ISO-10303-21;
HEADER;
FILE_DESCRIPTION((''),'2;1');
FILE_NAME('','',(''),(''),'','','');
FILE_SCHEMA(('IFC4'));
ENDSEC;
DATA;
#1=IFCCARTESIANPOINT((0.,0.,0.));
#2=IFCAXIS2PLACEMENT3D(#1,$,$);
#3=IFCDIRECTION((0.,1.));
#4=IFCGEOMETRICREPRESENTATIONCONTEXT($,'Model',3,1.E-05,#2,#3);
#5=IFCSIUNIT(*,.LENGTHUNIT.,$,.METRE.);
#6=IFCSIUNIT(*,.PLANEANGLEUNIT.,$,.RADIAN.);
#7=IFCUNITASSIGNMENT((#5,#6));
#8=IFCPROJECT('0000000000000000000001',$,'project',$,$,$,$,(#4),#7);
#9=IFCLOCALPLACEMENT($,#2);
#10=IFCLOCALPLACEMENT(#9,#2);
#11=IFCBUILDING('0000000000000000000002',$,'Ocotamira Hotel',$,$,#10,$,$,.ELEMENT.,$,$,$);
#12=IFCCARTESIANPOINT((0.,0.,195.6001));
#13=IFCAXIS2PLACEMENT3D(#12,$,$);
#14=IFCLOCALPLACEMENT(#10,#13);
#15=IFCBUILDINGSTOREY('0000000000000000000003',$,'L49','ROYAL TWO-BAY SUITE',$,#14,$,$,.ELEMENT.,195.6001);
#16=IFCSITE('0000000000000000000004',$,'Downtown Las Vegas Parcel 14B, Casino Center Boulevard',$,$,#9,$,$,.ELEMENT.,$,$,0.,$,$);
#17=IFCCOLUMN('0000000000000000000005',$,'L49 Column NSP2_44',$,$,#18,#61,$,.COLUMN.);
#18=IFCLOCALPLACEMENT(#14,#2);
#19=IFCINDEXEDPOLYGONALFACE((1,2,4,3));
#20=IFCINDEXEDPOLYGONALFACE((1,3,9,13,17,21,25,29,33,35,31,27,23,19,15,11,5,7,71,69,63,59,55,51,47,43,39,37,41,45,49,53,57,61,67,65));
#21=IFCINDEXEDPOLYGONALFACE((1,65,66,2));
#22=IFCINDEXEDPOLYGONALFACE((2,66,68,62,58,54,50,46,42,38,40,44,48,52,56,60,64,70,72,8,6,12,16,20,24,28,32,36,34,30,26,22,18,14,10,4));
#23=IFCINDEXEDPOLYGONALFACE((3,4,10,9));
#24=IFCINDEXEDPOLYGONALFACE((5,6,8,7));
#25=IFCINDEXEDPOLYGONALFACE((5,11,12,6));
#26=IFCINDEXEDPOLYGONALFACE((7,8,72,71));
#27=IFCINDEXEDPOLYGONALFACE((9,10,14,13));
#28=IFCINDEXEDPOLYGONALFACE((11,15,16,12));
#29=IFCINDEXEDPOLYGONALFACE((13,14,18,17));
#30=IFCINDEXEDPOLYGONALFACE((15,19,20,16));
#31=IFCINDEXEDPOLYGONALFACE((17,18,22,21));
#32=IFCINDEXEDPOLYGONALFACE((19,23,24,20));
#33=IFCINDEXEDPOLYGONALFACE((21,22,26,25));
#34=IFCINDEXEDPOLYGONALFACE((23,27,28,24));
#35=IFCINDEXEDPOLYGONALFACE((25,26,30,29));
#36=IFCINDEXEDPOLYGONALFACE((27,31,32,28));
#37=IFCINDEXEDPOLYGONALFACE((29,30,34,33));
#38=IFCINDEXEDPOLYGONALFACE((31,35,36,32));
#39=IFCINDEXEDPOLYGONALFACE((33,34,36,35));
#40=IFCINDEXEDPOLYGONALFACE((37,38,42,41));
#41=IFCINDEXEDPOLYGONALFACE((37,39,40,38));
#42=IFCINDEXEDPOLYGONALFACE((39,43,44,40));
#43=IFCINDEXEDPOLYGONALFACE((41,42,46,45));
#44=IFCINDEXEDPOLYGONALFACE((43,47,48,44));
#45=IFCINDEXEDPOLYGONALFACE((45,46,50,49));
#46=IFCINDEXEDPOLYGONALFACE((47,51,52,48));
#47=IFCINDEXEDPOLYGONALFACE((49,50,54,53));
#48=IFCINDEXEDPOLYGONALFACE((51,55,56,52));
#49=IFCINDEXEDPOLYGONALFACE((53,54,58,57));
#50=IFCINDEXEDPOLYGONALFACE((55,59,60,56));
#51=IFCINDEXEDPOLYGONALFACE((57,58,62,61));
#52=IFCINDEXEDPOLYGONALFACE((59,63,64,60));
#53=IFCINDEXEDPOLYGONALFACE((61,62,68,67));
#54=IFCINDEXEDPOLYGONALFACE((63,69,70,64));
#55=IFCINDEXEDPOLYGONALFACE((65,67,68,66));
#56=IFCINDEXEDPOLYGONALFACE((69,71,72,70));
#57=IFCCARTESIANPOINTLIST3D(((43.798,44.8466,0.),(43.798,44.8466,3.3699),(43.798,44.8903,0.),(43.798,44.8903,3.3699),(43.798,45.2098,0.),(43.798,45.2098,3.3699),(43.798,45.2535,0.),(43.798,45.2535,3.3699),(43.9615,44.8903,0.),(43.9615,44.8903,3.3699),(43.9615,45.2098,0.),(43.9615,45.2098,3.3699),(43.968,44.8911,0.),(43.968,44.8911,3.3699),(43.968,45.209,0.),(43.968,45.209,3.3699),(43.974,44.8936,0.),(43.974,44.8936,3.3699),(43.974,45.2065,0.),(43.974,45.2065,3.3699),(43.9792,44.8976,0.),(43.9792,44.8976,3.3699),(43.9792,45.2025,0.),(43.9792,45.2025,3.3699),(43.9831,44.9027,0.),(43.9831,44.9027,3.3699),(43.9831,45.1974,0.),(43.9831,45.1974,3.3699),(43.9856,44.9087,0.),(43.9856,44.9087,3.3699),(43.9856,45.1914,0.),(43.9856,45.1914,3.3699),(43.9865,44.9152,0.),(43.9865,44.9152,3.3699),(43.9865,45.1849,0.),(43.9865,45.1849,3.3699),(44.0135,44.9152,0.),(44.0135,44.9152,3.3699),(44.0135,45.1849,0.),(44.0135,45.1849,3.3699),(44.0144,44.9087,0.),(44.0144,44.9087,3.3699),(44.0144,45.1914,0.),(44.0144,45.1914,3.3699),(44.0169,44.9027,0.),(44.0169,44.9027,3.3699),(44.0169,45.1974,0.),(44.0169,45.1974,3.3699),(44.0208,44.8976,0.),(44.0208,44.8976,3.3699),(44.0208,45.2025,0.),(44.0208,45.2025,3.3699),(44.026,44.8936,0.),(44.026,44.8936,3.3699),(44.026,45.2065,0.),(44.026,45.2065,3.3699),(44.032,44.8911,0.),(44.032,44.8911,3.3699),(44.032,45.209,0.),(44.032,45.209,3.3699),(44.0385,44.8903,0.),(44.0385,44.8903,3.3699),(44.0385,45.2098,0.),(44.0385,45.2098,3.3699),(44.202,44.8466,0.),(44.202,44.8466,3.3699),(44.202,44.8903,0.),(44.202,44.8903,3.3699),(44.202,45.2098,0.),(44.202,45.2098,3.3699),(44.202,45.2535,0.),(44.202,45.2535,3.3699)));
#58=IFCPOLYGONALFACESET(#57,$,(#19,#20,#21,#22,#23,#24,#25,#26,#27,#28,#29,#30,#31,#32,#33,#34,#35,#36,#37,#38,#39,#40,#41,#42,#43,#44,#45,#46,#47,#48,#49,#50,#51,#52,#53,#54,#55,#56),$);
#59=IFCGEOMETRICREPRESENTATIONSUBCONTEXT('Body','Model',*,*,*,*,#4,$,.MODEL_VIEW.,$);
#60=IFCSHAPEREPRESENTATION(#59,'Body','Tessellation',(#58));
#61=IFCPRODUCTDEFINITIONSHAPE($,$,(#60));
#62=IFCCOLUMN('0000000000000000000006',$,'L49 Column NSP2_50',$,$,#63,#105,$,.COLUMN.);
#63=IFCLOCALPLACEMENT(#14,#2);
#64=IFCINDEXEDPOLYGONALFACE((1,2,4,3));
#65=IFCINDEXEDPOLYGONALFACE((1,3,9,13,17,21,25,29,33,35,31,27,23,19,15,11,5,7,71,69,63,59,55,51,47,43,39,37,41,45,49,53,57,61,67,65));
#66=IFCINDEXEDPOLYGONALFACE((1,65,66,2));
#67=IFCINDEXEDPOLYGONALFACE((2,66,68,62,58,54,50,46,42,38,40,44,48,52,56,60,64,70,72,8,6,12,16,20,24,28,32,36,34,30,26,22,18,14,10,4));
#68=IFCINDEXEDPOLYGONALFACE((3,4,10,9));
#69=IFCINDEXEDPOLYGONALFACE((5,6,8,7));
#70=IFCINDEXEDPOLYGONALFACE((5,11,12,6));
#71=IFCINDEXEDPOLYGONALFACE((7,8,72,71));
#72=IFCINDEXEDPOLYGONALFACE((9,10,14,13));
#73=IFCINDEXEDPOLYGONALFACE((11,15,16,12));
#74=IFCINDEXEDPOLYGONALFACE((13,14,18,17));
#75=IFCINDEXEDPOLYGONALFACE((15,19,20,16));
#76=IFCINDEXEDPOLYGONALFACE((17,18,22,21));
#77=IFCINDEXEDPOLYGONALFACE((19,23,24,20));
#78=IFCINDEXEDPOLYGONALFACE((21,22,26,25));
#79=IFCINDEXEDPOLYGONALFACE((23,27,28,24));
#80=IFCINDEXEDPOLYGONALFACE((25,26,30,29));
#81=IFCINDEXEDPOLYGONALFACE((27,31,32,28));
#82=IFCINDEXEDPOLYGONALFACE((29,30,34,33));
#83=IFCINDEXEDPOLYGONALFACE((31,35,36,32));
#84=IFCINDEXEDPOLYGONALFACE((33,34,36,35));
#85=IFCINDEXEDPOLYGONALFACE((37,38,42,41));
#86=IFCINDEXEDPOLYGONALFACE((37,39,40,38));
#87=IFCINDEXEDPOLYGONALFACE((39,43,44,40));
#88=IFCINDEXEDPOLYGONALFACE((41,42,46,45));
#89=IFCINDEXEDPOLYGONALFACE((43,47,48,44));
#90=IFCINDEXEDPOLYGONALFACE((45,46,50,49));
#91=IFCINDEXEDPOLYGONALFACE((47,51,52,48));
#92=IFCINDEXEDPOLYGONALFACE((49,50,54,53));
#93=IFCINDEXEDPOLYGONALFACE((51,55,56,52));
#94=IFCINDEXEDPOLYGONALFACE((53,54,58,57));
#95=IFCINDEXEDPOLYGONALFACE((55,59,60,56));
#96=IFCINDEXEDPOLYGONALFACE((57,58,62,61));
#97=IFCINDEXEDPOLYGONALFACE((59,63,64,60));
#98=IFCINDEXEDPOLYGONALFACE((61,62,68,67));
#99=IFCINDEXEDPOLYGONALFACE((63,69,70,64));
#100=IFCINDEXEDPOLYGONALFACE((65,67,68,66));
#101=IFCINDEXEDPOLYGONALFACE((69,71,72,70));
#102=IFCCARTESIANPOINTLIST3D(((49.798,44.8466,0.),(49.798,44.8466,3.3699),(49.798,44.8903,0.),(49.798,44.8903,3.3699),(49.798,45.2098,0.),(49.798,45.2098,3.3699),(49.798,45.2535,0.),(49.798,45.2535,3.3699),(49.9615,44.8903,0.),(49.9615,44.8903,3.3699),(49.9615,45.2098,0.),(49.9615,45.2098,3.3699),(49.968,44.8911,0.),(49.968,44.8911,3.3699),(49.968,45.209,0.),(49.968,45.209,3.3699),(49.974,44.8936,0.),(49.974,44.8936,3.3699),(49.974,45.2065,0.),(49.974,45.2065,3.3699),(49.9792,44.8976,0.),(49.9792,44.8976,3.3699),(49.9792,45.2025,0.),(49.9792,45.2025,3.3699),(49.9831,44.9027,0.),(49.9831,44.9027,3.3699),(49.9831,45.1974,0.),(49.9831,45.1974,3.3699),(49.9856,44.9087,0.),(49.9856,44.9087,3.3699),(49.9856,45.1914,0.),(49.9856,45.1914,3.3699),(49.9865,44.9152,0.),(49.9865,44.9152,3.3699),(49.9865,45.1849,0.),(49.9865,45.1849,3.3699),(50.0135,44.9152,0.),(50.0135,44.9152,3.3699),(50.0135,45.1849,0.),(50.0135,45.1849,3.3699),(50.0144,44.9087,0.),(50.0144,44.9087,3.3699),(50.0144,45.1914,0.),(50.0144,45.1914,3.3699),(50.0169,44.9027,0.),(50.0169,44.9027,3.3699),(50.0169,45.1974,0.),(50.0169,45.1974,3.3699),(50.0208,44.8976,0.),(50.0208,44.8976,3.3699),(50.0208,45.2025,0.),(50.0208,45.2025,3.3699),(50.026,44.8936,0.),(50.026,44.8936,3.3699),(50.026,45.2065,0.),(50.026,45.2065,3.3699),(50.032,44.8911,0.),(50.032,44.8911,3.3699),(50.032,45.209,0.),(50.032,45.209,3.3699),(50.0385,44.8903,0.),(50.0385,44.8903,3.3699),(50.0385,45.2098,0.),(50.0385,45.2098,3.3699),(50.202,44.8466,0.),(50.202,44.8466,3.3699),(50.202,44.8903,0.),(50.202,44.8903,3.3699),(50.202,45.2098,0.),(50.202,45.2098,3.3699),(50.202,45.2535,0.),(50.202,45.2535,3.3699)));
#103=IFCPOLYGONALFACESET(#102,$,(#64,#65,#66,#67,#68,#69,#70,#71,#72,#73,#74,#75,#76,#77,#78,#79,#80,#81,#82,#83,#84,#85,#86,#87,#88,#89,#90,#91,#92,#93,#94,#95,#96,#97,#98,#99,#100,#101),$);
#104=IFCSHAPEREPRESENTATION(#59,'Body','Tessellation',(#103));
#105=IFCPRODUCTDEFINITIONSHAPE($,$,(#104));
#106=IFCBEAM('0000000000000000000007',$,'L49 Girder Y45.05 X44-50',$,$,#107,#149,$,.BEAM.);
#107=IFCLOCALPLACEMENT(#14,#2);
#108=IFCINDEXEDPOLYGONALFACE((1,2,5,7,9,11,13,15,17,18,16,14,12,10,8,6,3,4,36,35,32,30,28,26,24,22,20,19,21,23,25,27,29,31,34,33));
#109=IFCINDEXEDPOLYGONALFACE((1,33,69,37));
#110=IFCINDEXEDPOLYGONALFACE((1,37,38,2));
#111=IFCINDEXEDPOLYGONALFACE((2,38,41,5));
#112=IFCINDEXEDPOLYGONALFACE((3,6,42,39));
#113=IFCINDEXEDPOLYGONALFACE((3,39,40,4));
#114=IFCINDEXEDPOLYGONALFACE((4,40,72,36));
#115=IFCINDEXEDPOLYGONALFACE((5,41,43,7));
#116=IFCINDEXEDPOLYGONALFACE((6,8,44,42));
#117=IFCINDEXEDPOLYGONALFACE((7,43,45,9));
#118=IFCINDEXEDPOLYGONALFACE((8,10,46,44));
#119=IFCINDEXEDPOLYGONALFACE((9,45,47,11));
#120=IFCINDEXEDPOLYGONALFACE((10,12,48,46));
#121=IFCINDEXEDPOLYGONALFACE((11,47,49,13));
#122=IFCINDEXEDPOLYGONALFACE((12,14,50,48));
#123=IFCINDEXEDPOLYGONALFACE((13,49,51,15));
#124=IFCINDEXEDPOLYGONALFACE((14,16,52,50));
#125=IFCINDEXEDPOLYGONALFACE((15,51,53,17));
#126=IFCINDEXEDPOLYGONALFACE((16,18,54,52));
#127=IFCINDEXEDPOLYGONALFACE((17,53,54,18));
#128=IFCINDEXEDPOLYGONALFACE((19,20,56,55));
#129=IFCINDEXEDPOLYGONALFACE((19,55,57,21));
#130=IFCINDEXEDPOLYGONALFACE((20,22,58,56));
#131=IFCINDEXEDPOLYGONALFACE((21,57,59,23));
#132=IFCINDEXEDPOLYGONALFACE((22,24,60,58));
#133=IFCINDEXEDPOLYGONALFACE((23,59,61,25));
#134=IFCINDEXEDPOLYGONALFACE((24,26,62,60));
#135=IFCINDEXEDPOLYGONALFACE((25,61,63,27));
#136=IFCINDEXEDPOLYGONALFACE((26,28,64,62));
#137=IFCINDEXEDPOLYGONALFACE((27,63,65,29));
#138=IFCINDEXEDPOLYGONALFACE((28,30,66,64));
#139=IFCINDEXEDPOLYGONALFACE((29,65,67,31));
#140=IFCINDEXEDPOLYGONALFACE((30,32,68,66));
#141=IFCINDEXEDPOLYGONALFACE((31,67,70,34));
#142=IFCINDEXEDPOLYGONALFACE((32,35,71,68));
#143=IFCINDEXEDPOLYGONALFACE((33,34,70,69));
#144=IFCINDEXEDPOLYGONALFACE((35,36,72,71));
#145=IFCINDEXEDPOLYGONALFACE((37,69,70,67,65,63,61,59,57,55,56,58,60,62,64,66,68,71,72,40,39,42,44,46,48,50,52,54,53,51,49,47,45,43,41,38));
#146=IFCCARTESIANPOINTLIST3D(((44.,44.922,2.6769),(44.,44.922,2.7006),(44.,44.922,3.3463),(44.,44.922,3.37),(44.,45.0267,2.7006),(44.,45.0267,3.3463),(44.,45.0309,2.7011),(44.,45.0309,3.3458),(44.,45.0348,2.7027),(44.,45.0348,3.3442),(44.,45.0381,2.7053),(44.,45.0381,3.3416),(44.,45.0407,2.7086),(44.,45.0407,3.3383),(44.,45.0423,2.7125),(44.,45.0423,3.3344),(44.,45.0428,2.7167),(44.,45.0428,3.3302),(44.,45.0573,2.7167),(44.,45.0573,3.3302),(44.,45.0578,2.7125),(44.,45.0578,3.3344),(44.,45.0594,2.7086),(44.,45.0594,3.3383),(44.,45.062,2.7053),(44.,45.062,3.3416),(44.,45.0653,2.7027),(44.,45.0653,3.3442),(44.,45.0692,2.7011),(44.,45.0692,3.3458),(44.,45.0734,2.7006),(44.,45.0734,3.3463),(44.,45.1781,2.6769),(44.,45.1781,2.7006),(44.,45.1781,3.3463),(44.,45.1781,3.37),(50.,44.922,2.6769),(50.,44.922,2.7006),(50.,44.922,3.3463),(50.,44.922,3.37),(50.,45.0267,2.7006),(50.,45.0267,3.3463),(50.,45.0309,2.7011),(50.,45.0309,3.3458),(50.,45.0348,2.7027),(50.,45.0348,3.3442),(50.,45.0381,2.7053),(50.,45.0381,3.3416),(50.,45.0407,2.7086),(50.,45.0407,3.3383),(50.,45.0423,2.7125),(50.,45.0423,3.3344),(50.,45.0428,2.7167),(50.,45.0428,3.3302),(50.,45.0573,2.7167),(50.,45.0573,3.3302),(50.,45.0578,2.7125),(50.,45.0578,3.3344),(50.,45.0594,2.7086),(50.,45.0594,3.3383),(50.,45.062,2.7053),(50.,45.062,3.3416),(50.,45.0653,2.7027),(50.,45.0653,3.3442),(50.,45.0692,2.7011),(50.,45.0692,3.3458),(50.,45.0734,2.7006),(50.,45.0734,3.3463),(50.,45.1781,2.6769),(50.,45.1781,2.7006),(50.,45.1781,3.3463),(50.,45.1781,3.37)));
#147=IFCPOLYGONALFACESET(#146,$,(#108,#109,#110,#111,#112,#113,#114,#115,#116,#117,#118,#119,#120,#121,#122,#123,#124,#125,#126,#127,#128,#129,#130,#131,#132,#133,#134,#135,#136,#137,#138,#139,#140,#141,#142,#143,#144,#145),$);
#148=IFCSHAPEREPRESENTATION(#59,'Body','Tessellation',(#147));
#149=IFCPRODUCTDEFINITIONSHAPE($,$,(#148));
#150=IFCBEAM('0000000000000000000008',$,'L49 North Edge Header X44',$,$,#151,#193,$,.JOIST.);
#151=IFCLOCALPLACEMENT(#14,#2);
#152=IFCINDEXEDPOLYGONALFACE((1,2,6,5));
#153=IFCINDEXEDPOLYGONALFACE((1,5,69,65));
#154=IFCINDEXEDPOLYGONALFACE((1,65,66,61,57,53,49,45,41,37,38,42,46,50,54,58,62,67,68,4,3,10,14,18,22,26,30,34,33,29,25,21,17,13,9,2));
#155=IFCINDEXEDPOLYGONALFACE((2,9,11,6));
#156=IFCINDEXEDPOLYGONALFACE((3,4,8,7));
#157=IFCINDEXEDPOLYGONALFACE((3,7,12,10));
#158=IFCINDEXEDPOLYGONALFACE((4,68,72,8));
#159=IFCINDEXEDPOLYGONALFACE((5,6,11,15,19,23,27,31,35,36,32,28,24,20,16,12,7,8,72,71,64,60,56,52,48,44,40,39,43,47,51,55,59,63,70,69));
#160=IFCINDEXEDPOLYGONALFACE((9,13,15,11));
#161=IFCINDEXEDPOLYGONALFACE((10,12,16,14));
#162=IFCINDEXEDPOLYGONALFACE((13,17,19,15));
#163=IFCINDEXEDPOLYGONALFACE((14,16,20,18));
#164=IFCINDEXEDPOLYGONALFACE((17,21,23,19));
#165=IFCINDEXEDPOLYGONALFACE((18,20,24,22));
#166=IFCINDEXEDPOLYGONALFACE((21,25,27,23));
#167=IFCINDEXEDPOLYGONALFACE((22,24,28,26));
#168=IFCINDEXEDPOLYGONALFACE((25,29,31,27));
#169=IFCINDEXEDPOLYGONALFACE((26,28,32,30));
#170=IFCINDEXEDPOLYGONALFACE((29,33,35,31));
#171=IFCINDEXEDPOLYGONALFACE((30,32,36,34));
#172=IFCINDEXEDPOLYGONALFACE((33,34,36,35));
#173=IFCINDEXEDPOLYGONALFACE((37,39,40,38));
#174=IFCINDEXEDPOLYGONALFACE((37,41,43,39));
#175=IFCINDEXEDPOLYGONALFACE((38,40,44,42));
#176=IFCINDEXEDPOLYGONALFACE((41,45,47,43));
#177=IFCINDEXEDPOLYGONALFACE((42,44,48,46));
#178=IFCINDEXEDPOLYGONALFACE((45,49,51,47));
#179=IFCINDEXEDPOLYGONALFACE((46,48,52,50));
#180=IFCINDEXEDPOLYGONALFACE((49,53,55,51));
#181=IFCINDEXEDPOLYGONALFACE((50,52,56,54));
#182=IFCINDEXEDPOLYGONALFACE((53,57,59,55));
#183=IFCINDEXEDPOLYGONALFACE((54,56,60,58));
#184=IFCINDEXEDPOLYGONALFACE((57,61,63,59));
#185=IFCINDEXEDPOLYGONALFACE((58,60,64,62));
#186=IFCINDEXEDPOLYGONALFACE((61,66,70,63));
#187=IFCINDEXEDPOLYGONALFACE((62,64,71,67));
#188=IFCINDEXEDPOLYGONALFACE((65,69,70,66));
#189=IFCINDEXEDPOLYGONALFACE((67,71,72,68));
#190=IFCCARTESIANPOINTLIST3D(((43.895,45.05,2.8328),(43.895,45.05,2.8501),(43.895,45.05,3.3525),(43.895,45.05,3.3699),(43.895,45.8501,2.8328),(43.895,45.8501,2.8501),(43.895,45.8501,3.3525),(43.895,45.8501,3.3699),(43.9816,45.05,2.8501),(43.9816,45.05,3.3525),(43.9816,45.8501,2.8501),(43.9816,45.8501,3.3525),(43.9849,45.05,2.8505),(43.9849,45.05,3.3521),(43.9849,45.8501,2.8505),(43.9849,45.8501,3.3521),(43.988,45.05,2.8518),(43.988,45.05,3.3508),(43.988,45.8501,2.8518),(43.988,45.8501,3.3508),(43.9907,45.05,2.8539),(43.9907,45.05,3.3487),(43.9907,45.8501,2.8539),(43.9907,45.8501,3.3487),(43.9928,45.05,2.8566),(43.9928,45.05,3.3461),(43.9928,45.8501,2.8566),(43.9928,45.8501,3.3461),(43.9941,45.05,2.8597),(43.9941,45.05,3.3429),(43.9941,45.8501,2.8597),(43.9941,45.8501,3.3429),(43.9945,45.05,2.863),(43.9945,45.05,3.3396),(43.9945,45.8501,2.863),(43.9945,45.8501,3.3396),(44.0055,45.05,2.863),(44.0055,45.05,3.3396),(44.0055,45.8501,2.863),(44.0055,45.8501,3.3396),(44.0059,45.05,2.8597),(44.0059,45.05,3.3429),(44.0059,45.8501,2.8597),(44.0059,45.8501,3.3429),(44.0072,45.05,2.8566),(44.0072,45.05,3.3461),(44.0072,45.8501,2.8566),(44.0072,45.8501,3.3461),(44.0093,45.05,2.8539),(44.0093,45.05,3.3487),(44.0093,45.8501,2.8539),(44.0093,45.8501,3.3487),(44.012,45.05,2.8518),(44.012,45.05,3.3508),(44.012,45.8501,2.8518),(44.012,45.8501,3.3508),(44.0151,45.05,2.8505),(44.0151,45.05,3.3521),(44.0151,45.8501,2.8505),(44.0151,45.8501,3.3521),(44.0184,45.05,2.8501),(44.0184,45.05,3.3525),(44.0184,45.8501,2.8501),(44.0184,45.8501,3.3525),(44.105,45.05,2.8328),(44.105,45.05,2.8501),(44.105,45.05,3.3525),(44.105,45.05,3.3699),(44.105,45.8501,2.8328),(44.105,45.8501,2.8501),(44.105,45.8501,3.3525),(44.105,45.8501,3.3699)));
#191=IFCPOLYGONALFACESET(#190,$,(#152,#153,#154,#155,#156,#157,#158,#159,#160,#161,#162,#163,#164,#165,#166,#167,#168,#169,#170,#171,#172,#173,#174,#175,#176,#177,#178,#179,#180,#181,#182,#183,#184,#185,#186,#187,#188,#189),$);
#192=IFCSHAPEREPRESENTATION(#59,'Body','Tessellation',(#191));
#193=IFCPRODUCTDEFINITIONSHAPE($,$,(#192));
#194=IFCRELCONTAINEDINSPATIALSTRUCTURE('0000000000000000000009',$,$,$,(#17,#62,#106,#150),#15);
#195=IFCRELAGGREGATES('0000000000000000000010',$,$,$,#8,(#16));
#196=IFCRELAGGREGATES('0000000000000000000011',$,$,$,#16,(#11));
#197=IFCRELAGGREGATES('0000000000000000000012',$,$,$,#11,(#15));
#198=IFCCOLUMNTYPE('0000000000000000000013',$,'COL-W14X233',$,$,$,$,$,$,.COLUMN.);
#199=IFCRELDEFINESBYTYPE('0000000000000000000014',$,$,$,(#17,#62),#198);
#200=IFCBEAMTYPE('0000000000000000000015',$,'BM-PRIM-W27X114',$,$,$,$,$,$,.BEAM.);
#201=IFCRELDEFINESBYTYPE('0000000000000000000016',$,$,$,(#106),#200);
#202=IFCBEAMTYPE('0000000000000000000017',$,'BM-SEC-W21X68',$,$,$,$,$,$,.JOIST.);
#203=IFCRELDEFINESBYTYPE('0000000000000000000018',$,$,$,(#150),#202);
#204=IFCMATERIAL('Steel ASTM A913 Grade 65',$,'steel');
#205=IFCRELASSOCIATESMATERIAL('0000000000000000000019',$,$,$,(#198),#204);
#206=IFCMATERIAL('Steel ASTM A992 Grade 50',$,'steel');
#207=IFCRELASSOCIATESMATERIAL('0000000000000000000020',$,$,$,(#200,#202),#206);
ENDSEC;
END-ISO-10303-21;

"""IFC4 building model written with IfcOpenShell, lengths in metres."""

from ifc_helpers import new_model, si_unit, direction, frame, origin, origin_2d, place, context, subcontext, project, spatial, i_section, extrude, source, transform, mapped, material, material_profile, profile_set, type_object, element, save


model = new_model("IFC4")

# Units and contexts
model_context = context("Model", 3, precision=1e-05, world=origin(), true_north=direction((0.0, 1.0)))
body_context = subcontext(model_context, "Body", "Model", "MODEL_VIEW")
ifc_project = project(units=[si_unit("LENGTHUNIT", "METRE"), si_unit("PLANEANGLEUNIT", "RADIAN")], contexts=[model_context])

# Site, building, storey
site_placement = place(None, origin())
site = spatial("IfcSite", under=ifc_project, at=site_placement, Name="Downtown Las Vegas Parcel 14B, Casino Center Boulevard", CompositionType="ELEMENT", RefElevation=0.0)
building_placement = place(site_placement, origin())
building = spatial("IfcBuilding", under=site, at=building_placement, Name="Ocotamira Hotel", CompositionType="ELEMENT")
storey_placement = place(building_placement, frame((0.0, 0.0, 195.6001)))
storey = spatial("IfcBuildingStorey", under=building, at=storey_placement, Name="L49", Description="ROYAL TWO-BAY SUITE", CompositionType="ELEMENT", Elevation=195.6001)

# Columns
ifc_material_1 = material(Name="Steel ASTM A913 Grade 65", Category="steel")
ifc_material_profile_1 = material_profile(ifc_material_1, i_section(OverallWidth=0.4041, OverallDepth=0.407, WebThickness=0.0271, FlangeThickness=0.0437, FilletRadius=0.0249, at=origin_2d()), Name="W14X233")
ifc_profile_set_1 = profile_set([ifc_material_profile_1], Name="Steel ASTM A913 Grade 65")
column_type = type_object("IfcColumnType", Name="COL-W14X233", PredefinedType="COLUMN", material=ifc_profile_set_1)
shared_shape_1 = source(origin(), body_context, "Body", "SweptSolid", [
    extrude(i_section(OverallWidth=0.4041, OverallDepth=0.407, WebThickness=0.0271, FlangeThickness=0.0437, FilletRadius=0.0249, at=origin_2d()), origin(), (0.0, 0.0, 1.0), 3.3699),
])
for number, where, z_axis, x_axis, name in (
    (1, (44.0, 45.05, 0.0), (0.0, 0.0, 1.0), (1.0, 0.0, 0.0), "L49 Column NSP2_44"),
    (2, (50.0, 45.05, 0.0), (0.0, 0.0, 1.0), (1.0, 0.0, 0.0), "L49 Column NSP2_50"),
):
    element("IfcColumn", number, at=place(storey_placement, frame(where, z_axis=z_axis, x_axis=x_axis)), inside=storey, type_object=column_type, Name=name, PredefinedType="COLUMN", context=body_context, shape_type="MappedRepresentation", body=[
        mapped(shared_shape_1, transform((0.0, 0.0, 0.0), scale=1.0)),
    ])

# Beams
ifc_material_2 = material(Name="Steel ASTM A992 Grade 50", Category="steel")
ifc_material_profile_2 = material_profile(ifc_material_2, i_section(OverallWidth=0.2561, OverallDepth=0.6931, WebThickness=0.0144, FlangeThickness=0.0237, FilletRadius=0.0161, at=origin_2d()), Name="W27X114")
ifc_profile_set_2 = profile_set([ifc_material_profile_2], Name="Steel ASTM A992 Grade 50")
beam_type_1 = type_object("IfcBeamType", Name="BM-PRIM-W27X114", PredefinedType="BEAM", material=ifc_profile_set_2)
shared_shape_2 = source(origin(), body_context, "Body", "SweptSolid", [
    extrude(i_section(OverallWidth=0.2561, OverallDepth=0.6931, WebThickness=0.0144, FlangeThickness=0.0237, FilletRadius=0.0161, at=origin_2d()), origin(), (0.0, 0.0, 1.0), 6.0),
])
beam_1_placement = place(storey_placement, frame((44.0, 45.05, 3.0234), z_axis=(1.0, 0.0, 0.0), x_axis=(0.0, 1.0, 0.0)))
element("IfcBeam", 3, at=beam_1_placement, inside=storey, type_object=beam_type_1, Name="L49 Girder Y45.05 X44-50", PredefinedType="BEAM", context=body_context, shape_type="MappedRepresentation", body=[
    mapped(shared_shape_2, transform((0.0, 0.0, 0.0), scale=1.0)),
])
ifc_material_profile_3 = material_profile(ifc_material_2, i_section(OverallWidth=0.21, OverallDepth=0.5371, WebThickness=0.011, FlangeThickness=0.0173, FilletRadius=0.0129, at=origin_2d()), Name="W21X68")
ifc_profile_set_3 = profile_set([ifc_material_profile_3], Name="Steel ASTM A992 Grade 50")
beam_type_2 = type_object("IfcBeamType", Name="BM-SEC-W21X68", PredefinedType="JOIST", material=ifc_profile_set_3)
shared_shape_3 = source(origin(), body_context, "Body", "SweptSolid", [
    extrude(i_section(OverallWidth=0.21, OverallDepth=0.5371, WebThickness=0.011, FlangeThickness=0.0173, FilletRadius=0.0129, at=origin_2d()), origin(), (0.0, 0.0, 1.0), 0.8),
])
for number, where, z_axis, x_axis, name in (
    (4, (44.0, 45.05, 3.1013), (0.0, 1.0, 0.0), (-1.0, 0.0, 0.0), "L49 North Edge Header X44"),
):
    element("IfcBeam", number, at=place(storey_placement, frame(where, z_axis=z_axis, x_axis=x_axis)), inside=storey, type_object=beam_type_2, Name=name, PredefinedType="JOIST", context=body_context, shape_type="MappedRepresentation", body=[
        mapped(shared_shape_3, transform((0.0, 0.0, 0.0), scale=1.0)),
    ])

save(model, "model.ifc")
